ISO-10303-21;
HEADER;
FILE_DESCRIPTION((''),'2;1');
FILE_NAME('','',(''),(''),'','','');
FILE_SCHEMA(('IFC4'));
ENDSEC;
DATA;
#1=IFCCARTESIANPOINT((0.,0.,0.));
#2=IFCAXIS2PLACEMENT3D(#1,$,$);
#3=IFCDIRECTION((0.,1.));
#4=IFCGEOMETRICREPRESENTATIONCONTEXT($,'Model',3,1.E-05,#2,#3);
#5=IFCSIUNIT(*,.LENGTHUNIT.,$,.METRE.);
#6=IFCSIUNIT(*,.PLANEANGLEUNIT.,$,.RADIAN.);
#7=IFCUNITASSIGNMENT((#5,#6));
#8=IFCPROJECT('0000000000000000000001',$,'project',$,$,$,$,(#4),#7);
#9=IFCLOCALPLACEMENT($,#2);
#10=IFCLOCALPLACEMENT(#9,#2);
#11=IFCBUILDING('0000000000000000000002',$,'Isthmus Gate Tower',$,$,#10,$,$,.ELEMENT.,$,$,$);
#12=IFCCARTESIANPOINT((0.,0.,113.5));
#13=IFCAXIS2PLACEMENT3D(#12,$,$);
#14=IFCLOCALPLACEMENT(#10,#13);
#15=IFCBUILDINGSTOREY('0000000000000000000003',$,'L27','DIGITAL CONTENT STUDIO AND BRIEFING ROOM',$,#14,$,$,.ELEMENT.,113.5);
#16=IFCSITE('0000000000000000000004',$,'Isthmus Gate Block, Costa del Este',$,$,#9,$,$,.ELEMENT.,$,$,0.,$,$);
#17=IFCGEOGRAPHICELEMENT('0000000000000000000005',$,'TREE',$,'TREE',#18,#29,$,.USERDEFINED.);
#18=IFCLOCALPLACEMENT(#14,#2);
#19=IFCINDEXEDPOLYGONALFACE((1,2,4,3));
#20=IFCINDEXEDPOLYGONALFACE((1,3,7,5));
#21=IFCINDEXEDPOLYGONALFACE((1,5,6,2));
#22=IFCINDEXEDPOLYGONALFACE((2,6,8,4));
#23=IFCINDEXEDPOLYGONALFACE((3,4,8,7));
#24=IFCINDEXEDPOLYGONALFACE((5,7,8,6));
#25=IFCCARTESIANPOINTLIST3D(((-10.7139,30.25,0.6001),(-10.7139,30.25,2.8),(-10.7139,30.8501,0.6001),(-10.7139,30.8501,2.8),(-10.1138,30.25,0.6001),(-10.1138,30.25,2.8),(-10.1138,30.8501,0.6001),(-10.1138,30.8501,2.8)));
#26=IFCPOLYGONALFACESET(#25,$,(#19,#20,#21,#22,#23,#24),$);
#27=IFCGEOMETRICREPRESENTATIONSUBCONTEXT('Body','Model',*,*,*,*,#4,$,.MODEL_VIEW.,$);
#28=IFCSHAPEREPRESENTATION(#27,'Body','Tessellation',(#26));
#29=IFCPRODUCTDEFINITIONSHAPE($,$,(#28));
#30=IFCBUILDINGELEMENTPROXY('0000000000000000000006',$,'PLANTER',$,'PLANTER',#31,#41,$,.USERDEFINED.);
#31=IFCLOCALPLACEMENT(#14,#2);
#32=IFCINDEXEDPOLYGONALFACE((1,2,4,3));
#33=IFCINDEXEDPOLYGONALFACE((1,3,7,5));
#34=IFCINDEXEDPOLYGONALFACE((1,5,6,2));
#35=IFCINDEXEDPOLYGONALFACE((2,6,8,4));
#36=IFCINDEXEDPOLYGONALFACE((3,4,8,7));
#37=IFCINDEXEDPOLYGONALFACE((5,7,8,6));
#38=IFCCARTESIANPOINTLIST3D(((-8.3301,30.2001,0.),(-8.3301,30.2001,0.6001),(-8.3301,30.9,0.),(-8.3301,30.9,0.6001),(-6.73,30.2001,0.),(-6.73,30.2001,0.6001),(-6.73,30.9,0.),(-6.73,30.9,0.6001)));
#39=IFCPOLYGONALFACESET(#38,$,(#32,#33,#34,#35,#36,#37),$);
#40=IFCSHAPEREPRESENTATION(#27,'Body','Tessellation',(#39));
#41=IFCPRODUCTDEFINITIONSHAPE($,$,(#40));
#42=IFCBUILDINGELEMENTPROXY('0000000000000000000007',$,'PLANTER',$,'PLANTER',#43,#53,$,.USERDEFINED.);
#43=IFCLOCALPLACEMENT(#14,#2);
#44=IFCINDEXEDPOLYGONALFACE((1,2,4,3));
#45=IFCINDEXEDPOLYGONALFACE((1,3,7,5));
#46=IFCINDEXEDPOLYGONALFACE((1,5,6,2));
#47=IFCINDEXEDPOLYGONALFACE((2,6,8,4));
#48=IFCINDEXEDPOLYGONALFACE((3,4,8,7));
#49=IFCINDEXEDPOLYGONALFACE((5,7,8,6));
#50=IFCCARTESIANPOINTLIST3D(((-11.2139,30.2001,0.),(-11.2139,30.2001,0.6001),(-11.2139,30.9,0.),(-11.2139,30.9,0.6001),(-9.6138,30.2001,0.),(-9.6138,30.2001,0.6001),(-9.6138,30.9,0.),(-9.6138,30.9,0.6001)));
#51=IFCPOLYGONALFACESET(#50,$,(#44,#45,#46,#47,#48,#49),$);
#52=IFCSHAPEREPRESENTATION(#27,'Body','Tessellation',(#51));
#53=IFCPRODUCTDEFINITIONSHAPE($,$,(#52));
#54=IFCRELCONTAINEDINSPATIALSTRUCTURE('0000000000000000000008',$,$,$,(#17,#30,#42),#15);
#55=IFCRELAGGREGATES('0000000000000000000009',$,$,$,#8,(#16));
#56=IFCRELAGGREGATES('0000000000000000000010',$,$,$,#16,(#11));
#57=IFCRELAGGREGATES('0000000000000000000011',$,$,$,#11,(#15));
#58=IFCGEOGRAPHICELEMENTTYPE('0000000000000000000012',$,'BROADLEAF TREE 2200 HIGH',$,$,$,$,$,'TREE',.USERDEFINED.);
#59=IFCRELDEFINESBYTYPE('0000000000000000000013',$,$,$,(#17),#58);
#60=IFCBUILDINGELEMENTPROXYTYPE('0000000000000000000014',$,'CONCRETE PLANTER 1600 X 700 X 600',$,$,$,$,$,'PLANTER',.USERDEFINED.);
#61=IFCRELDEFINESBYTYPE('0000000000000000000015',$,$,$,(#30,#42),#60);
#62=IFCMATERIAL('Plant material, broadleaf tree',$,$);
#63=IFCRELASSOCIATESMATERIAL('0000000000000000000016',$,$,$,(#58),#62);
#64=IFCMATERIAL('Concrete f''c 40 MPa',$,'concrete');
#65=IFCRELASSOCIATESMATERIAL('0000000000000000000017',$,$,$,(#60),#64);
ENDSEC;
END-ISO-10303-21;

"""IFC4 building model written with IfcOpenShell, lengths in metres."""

from ifc_helpers import new_model, si_unit, direction, frame, origin, origin_2d, place, context, subcontext, project, spatial, rectangle, extrude, material, type_object, element, save


model = new_model("IFC4")

# Units and contexts
model_context = context("Model", 3, precision=1e-05, world=origin(), true_north=direction((0.0, 1.0)))
body_context = subcontext(model_context, "Body", "Model", "MODEL_VIEW")
ifc_project = project(units=[si_unit("LENGTHUNIT", "METRE"), si_unit("PLANEANGLEUNIT", "RADIAN")], contexts=[model_context])

# Site, building, storey
site_placement = place(None, origin())
site = spatial("IfcSite", under=ifc_project, at=site_placement, Name="Isthmus Gate Block, Costa del Este", CompositionType="ELEMENT", RefElevation=0.0)
building_placement = place(site_placement, origin())
building = spatial("IfcBuilding", under=site, at=building_placement, Name="Isthmus Gate Tower", CompositionType="ELEMENT")
storey_placement = place(building_placement, frame((0.0, 0.0, 113.5)))
storey = spatial("IfcBuildingStorey", under=building, at=storey_placement, Name="L27", Description="DIGITAL CONTENT STUDIO AND BRIEFING ROOM", CompositionType="ELEMENT", Elevation=113.5)

# Geographic element
ifc_material_1 = material(Name="Plant material, broadleaf tree")
geographic_element_type = type_object("IfcGeographicElementType", Name="BROADLEAF TREE 2200 HIGH", ElementType="TREE", PredefinedType="USERDEFINED", material=ifc_material_1)
for number, where, z_axis, x_axis, name in (
    (1, (-10.4138, 30.55, 0.6001), (0.0, 0.0, 1.0), (-1.0, 0.0, 0.0), "TREE"),
):
    element("IfcGeographicElement", number, at=place(storey_placement, frame(where, z_axis=z_axis, x_axis=x_axis)), inside=storey, type_object=geographic_element_type, Name=name, ObjectType="TREE", PredefinedType="USERDEFINED", context=body_context, shape_type="SweptSolid", body=[
        extrude(rectangle(XDim=0.6001, YDim=0.6001, at=origin_2d()), origin(), (0.0, 0.0, 1.0), 2.2),
    ])

# Building element proxies
ifc_material_2 = material(Name="Concrete f'c 40 MPa", Category="concrete")
building_element_proxy_type = type_object("IfcBuildingElementProxyType", Name="CONCRETE PLANTER 1600 X 700 X 600", ElementType="PLANTER", PredefinedType="USERDEFINED", material=ifc_material_2)
for number, where, z_axis, x_axis, name in (
    (2, (-7.53, 30.55, 0.0), (0.0, 0.0, 1.0), (-1.0, 0.0, 0.0), "PLANTER"),
    (3, (-10.4138, 30.55, 0.0), (0.0, 0.0, 1.0), (-1.0, 0.0, 0.0), "PLANTER"),
):
    element("IfcBuildingElementProxy", number, at=place(storey_placement, frame(where, z_axis=z_axis, x_axis=x_axis)), inside=storey, type_object=building_element_proxy_type, Name=name, ObjectType="PLANTER", PredefinedType="USERDEFINED", context=body_context, shape_type="SweptSolid", body=[
        extrude(rectangle(XDim=1.6001, YDim=0.7, at=origin_2d()), origin(), (0.0, 0.0, 1.0), 0.6001),
    ])

save(model, "model.ifc")
